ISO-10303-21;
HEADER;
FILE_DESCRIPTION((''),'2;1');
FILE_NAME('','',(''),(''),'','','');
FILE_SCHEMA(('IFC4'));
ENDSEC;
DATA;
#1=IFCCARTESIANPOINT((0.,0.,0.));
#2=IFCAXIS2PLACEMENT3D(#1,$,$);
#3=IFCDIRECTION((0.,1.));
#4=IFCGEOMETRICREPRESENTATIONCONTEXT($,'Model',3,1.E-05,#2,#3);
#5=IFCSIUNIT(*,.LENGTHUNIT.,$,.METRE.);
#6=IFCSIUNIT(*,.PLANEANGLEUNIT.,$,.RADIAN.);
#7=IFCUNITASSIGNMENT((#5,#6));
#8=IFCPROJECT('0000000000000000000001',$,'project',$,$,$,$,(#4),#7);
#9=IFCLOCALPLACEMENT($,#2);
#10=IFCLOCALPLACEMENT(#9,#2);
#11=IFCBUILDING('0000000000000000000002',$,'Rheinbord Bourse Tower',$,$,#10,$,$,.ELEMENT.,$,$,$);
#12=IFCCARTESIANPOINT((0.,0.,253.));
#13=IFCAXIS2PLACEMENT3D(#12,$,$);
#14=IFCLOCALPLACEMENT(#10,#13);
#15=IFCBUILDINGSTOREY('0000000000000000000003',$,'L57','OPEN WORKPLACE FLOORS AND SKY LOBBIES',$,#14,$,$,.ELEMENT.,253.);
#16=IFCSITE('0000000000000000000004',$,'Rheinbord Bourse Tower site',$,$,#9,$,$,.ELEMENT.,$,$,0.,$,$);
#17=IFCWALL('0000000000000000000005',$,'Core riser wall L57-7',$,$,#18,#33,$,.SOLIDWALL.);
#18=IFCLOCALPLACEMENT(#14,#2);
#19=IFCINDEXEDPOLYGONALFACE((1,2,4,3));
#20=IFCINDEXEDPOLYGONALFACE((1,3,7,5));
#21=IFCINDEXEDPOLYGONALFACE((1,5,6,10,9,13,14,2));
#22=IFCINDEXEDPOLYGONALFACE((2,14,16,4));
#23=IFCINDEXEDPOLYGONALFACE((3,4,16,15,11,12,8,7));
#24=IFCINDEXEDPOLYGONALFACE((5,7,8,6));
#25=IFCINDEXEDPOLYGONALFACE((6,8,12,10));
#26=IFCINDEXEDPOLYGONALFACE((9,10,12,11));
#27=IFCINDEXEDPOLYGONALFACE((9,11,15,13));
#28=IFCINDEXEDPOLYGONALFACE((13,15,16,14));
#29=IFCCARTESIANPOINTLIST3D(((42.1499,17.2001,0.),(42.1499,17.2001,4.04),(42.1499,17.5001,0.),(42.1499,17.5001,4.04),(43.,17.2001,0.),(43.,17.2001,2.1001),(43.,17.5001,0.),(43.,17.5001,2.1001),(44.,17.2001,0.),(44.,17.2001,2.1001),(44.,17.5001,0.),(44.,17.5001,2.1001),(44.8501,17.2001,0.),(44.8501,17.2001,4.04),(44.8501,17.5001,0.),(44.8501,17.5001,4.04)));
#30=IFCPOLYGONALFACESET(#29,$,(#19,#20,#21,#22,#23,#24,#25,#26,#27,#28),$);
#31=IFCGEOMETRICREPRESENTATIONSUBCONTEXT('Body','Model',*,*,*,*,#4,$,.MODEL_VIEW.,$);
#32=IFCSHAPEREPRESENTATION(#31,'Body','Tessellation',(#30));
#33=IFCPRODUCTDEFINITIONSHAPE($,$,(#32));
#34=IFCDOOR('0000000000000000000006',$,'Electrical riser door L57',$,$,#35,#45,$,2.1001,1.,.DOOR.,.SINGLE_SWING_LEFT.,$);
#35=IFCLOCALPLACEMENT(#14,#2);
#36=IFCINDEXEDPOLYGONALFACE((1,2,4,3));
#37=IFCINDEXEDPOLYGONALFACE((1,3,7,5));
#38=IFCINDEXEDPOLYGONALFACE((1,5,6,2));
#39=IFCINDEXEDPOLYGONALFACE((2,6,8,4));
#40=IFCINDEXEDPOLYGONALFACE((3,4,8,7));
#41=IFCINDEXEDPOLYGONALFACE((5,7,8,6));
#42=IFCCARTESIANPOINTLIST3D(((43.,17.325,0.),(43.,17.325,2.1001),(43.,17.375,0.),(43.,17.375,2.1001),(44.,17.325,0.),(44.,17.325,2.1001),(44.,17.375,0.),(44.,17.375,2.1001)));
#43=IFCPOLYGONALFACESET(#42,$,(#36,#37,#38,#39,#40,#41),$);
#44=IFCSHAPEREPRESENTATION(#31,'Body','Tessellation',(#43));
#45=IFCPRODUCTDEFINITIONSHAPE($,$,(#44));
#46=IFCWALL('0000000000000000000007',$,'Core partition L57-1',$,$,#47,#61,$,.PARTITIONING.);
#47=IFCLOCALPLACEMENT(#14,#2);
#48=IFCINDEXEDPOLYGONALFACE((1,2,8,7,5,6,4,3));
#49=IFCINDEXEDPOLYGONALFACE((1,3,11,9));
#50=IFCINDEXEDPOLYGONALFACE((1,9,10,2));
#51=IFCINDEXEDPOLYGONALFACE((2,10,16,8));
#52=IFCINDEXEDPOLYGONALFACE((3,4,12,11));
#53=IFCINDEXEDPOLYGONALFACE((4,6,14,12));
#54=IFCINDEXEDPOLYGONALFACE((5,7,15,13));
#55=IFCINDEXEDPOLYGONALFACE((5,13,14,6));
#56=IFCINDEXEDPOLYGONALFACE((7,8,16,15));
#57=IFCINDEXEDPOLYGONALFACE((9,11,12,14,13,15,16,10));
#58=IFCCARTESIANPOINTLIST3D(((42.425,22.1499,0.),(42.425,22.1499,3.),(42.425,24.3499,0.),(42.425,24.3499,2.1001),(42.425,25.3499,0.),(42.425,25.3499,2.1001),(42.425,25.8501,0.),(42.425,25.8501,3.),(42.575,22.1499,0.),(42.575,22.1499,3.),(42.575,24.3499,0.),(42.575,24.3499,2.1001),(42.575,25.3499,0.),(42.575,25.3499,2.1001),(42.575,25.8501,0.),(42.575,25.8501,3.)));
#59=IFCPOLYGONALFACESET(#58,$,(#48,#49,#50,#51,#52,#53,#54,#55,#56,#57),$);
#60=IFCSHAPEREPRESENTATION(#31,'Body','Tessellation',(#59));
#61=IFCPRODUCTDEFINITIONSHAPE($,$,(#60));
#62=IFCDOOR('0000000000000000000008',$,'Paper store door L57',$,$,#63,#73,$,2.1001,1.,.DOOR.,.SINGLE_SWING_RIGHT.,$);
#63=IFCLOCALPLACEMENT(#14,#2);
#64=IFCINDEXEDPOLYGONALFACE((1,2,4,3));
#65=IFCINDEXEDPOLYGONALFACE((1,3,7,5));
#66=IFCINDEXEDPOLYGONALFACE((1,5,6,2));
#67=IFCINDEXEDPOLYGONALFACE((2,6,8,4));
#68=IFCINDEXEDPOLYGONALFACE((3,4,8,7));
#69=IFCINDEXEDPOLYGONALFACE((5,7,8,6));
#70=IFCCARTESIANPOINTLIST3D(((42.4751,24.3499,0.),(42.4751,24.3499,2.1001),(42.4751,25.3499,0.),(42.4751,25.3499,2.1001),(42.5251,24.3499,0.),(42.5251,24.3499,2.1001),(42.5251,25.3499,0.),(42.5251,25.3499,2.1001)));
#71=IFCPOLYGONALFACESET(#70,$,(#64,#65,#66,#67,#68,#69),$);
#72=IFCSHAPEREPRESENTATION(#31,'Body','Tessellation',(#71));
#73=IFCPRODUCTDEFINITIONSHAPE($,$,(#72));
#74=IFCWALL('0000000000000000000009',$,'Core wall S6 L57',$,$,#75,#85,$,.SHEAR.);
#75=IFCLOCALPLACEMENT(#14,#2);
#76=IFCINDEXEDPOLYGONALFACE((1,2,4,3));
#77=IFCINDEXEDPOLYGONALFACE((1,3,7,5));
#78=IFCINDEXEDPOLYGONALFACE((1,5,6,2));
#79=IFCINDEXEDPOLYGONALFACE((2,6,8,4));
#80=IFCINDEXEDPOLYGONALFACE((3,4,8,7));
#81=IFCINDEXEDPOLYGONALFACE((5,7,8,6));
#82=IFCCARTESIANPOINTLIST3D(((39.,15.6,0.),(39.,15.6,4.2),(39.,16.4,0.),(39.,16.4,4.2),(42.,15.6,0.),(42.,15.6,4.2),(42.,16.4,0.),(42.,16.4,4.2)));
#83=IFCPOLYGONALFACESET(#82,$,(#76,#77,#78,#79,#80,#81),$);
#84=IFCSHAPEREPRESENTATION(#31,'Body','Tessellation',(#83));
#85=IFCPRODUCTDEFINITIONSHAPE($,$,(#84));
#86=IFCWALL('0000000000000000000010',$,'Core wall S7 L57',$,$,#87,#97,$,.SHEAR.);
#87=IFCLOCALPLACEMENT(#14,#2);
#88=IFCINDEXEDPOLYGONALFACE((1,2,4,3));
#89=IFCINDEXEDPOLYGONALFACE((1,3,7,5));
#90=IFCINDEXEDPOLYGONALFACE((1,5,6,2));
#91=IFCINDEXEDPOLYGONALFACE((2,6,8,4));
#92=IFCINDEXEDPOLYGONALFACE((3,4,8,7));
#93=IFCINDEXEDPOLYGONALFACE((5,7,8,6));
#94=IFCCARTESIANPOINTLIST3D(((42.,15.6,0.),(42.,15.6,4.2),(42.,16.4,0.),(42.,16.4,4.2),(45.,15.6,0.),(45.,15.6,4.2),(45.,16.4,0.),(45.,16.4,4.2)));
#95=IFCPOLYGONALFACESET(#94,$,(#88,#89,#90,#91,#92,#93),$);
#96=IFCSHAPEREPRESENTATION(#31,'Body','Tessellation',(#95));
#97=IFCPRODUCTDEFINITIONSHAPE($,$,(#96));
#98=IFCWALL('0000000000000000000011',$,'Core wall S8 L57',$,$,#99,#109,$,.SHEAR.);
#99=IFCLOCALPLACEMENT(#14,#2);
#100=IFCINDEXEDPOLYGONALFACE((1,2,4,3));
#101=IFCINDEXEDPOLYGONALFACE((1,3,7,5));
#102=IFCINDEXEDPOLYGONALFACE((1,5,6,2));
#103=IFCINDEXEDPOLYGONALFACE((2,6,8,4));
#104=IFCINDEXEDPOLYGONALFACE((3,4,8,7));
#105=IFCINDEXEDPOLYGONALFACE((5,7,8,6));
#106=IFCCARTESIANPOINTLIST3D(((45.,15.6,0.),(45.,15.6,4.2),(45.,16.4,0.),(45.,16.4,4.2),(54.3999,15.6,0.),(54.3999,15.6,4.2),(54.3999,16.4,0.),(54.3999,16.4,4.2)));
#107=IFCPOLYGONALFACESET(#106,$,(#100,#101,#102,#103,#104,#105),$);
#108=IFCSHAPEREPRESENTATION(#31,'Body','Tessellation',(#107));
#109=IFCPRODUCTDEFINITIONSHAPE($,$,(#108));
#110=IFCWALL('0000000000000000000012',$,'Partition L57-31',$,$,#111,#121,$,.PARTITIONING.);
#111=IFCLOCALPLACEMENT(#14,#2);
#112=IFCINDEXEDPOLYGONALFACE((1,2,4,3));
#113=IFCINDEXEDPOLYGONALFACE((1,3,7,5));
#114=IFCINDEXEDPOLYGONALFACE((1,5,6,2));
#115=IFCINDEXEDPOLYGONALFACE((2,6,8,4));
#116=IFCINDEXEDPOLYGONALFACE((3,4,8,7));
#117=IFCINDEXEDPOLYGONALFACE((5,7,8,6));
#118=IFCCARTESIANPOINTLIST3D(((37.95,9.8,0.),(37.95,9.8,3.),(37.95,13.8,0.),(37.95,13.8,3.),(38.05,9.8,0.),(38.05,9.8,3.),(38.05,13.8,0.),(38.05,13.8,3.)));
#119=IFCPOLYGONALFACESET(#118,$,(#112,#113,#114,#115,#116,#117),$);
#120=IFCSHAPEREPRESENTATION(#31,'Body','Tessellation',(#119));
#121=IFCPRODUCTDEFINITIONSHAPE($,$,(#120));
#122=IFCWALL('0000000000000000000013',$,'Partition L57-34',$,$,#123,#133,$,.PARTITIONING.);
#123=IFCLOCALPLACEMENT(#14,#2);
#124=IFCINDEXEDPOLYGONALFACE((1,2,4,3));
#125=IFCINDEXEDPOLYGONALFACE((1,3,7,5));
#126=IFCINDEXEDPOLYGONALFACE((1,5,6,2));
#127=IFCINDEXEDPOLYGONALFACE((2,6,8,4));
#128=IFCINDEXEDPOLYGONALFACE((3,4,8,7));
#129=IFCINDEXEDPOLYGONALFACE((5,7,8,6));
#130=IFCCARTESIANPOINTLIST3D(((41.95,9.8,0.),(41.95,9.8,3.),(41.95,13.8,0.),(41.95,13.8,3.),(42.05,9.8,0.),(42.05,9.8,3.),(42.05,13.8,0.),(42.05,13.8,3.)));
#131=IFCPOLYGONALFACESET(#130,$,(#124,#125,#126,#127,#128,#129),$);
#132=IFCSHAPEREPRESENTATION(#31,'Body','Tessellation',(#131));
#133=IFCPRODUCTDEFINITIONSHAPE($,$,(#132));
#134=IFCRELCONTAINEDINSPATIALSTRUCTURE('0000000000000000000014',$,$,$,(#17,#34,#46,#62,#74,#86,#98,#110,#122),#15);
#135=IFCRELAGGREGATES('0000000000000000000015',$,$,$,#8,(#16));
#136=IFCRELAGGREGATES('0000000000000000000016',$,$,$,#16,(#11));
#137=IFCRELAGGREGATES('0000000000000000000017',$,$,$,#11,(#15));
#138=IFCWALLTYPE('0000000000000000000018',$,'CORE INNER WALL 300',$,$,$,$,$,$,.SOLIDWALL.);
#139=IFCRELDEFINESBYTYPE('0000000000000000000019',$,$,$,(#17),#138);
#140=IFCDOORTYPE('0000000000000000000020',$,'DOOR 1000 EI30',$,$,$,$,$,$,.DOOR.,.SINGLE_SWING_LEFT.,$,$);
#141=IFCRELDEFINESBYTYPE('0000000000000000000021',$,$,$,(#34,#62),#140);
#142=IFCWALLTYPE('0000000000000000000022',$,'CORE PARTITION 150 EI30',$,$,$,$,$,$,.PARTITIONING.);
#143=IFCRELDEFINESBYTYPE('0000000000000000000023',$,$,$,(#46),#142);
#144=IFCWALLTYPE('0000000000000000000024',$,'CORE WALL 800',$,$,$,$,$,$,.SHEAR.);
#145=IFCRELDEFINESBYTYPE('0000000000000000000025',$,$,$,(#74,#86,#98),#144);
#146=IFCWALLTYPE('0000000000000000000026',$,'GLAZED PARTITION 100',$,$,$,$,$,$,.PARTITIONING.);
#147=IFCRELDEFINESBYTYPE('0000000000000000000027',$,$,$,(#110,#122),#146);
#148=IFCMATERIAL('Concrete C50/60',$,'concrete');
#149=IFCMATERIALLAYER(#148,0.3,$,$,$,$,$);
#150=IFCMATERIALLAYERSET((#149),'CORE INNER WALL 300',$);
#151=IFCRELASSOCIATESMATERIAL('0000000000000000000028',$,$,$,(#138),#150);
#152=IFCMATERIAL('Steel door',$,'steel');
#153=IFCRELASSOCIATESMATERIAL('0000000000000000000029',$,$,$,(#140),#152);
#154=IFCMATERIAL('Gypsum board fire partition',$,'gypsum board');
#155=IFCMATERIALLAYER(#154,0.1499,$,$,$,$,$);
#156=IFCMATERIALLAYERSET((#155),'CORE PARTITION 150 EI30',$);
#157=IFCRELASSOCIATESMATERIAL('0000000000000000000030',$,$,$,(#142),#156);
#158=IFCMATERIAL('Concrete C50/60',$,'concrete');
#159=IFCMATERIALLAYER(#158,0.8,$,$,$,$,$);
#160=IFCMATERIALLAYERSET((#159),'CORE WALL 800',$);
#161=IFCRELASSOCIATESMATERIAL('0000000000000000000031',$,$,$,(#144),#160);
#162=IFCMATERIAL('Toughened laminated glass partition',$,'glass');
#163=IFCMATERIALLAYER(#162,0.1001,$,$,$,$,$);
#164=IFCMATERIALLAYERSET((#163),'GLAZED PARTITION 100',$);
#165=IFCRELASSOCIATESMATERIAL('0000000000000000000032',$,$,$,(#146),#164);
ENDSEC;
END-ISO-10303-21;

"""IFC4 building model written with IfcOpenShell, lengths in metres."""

from ifc_helpers import new_model, si_unit, direction, frame, frame_2d, origin, place, context, subcontext, project, spatial, rectangle, extrude, material, layer, layer_set, type_object, element, fill, save


model = new_model("IFC4")

# Units and contexts
model_context = context("Model", 3, precision=1e-05, world=origin(), true_north=direction((0.0, 1.0)))
body_context = subcontext(model_context, "Body", "Model", "MODEL_VIEW")
ifc_project = project(units=[si_unit("LENGTHUNIT", "METRE"), si_unit("PLANEANGLEUNIT", "RADIAN")], contexts=[model_context])

# Site, building, storey
site_placement = place(None, origin())
site = spatial("IfcSite", under=ifc_project, at=site_placement, Name="Rheinbord Bourse Tower site", CompositionType="ELEMENT", RefElevation=0.0)
building_placement = place(site_placement, origin())
building = spatial("IfcBuilding", under=site, at=building_placement, Name="Rheinbord Bourse Tower", CompositionType="ELEMENT")
storey_placement = place(building_placement, frame((0.0, 0.0, 253.0)))
storey = spatial("IfcBuildingStorey", under=building, at=storey_placement, Name="L57", Description="OPEN WORKPLACE FLOORS AND SKY LOBBIES", CompositionType="ELEMENT", Elevation=253.0)

# Shared definitions
ifc_material_1 = material(Name="Concrete C50/60", Category="concrete")
ifc_layer_1 = layer(ifc_material_1, 0.3)
ifc_layer_set_1 = layer_set([ifc_layer_1], Name="CORE INNER WALL 300")
wall_type_1 = type_object("IfcWallType", Name="CORE INNER WALL 300", PredefinedType="SOLIDWALL", material=ifc_layer_set_1)
ifc_material_2 = material(Name="Steel door", Category="steel")
door_type = type_object("IfcDoorType", Name="DOOR 1000 EI30", OperationType="SINGLE_SWING_LEFT", PredefinedType="DOOR", material=ifc_material_2)

# Walls, openings, doors
wall_1_placement = place(storey_placement, frame((42.1499, 17.3501, 0.0), z_axis=(0.0, 0.0, 1.0), x_axis=(1.0, 0.0, 0.0)))
wall_1 = element("IfcWall", 1, at=wall_1_placement, inside=storey, type_object=wall_type_1, Name="Core riser wall L57-7", PredefinedType="SOLIDWALL", context=body_context, shape_type="SweptSolid", body=[
    extrude(rectangle(XDim=2.7002, YDim=0.3, at=frame_2d((1.3501, 0.0))), origin(), (0.0, 0.0, 1.0), 4.04),
])
opening_1_placement = place(wall_1_placement, frame((0.8501, 0.0, 0.0)))
opening_1 = element("IfcOpeningElement", 2, at=opening_1_placement, cuts=wall_1, PredefinedType="OPENING", context=body_context, shape_type="SweptSolid", body=[
    extrude(rectangle(XDim=1.0, YDim=2.1001, at=frame_2d((0.5, 1.05))), frame((0.0, 0.1599, 0.0), z_axis=(0.0, -1.0, 0.0), x_axis=(1.0, 0.0, 0.0)), (0.0, 0.0, 1.0), 0.3201),
])
door_1_placement = place(opening_1_placement, origin())
door_1 = element("IfcDoor", 3, at=door_1_placement, inside=storey, type_object=door_type, Name="Electrical riser door L57", OperationType="SINGLE_SWING_LEFT", OverallHeight=2.1001, OverallWidth=1.0, PredefinedType="DOOR", context=body_context, shape_type="SweptSolid", body=[
    extrude(rectangle(XDim=1.0, YDim=2.1001, at=frame_2d((0.5, 1.05))), frame((0.0, 0.0249, 0.0), z_axis=(0.0, -1.0, 0.0), x_axis=(1.0, 0.0, 0.0)), (0.0, 0.0, 1.0), 0.05),
])
fill(opening_1, door_1)
ifc_material_3 = material(Name="Gypsum board fire partition", Category="gypsum board")
ifc_layer_2 = layer(ifc_material_3, 0.1499)
ifc_layer_set_2 = layer_set([ifc_layer_2], Name="CORE PARTITION 150 EI30")
wall_type_2 = type_object("IfcWallType", Name="CORE PARTITION 150 EI30", PredefinedType="PARTITIONING", material=ifc_layer_set_2)
wall_2_placement = place(storey_placement, frame((42.5, 22.1499, 0.0), z_axis=(0.0, 0.0, 1.0), x_axis=(0.0, 1.0, 0.0)))
wall_2 = element("IfcWall", 4, at=wall_2_placement, inside=storey, type_object=wall_type_2, Name="Core partition L57-1", PredefinedType="PARTITIONING", context=body_context, shape_type="SweptSolid", body=[
    extrude(rectangle(XDim=3.7002, YDim=0.1499, at=frame_2d((1.8501, 0.0))), origin(), (0.0, 0.0, 1.0), 3.0),
])
opening_2_placement = place(wall_2_placement, frame((2.2, 0.0, 0.0)))
opening_2 = element("IfcOpeningElement", 5, at=opening_2_placement, cuts=wall_2, PredefinedType="OPENING", context=body_context, shape_type="SweptSolid", body=[
    extrude(rectangle(XDim=1.0, YDim=2.1001, at=frame_2d((0.5, 1.05))), frame((0.0, 0.085, 0.0), z_axis=(0.0, -1.0, 0.0), x_axis=(1.0, 0.0, 0.0)), (0.0, 0.0, 1.0), 0.1699),
])
door_2_placement = place(opening_2_placement, origin())
door_2 = element("IfcDoor", 6, at=door_2_placement, inside=storey, type_object=door_type, Name="Paper store door L57", OperationType="SINGLE_SWING_RIGHT", OverallHeight=2.1001, OverallWidth=1.0, PredefinedType="DOOR", context=body_context, shape_type="SweptSolid", body=[
    extrude(rectangle(XDim=1.0, YDim=2.1001, at=frame_2d((0.5, 1.05))), frame((0.0, 0.0249, 0.0), z_axis=(0.0, -1.0, 0.0), x_axis=(1.0, 0.0, 0.0)), (0.0, 0.0, 1.0), 0.05),
])
fill(opening_2, door_2)

# Walls
ifc_material_4 = material(Name="Concrete C50/60", Category="concrete")
ifc_layer_3 = layer(ifc_material_4, 0.8)
ifc_layer_set_3 = layer_set([ifc_layer_3], Name="CORE WALL 800")
wall_type_3 = type_object("IfcWallType", Name="CORE WALL 800", PredefinedType="SHEAR", material=ifc_layer_set_3)
for number, where, z_axis, x_axis, name in (
    (7, (39.0, 16.0, 0.0), (0.0, 0.0, 1.0), (1.0, 0.0, 0.0), "Core wall S6 L57"),
    (8, (42.0, 16.0, 0.0), (0.0, 0.0, 1.0), (1.0, 0.0, 0.0), "Core wall S7 L57"),
):
    element("IfcWall", number, at=place(storey_placement, frame(where, z_axis=z_axis, x_axis=x_axis)), inside=storey, type_object=wall_type_3, Name=name, PredefinedType="SHEAR", context=body_context, shape_type="SweptSolid", body=[
        extrude(rectangle(XDim=3.0, YDim=0.8, at=frame_2d((1.5, 0.0))), origin(), (0.0, 0.0, 1.0), 4.2),
    ])
wall_3_placement = place(storey_placement, frame((45.0, 16.0, 0.0), z_axis=(0.0, 0.0, 1.0), x_axis=(1.0, 0.0, 0.0)))
element("IfcWall", 9, at=wall_3_placement, inside=storey, type_object=wall_type_3, Name="Core wall S8 L57", PredefinedType="SHEAR", context=body_context, shape_type="SweptSolid", body=[
    extrude(rectangle(XDim=9.3999, YDim=0.8, at=frame_2d((4.7, 0.0))), origin(), (0.0, 0.0, 1.0), 4.2),
])
ifc_material_5 = material(Name="Toughened laminated glass partition", Category="glass")
ifc_layer_4 = layer(ifc_material_5, 0.1001)
ifc_layer_set_4 = layer_set([ifc_layer_4], Name="GLAZED PARTITION 100")
wall_type_4 = type_object("IfcWallType", Name="GLAZED PARTITION 100", PredefinedType="PARTITIONING", material=ifc_layer_set_4)
for number, where, z_axis, x_axis, name in (
    (10, (38.0, 9.8, 0.0), (0.0, 0.0, 1.0), (0.0, 1.0, 0.0), "Partition L57-31"),
    (11, (42.0, 9.8, 0.0), (0.0, 0.0, 1.0), (0.0, 1.0, 0.0), "Partition L57-34"),
):
    element("IfcWall", number, at=place(storey_placement, frame(where, z_axis=z_axis, x_axis=x_axis)), inside=storey, type_object=wall_type_4, Name=name, PredefinedType="PARTITIONING", context=body_context, shape_type="SweptSolid", body=[
        extrude(rectangle(XDim=4.0, YDim=0.1001, at=frame_2d((2.0, 0.0))), origin(), (0.0, 0.0, 1.0), 3.0),
    ])

save(model, "model.ifc")
